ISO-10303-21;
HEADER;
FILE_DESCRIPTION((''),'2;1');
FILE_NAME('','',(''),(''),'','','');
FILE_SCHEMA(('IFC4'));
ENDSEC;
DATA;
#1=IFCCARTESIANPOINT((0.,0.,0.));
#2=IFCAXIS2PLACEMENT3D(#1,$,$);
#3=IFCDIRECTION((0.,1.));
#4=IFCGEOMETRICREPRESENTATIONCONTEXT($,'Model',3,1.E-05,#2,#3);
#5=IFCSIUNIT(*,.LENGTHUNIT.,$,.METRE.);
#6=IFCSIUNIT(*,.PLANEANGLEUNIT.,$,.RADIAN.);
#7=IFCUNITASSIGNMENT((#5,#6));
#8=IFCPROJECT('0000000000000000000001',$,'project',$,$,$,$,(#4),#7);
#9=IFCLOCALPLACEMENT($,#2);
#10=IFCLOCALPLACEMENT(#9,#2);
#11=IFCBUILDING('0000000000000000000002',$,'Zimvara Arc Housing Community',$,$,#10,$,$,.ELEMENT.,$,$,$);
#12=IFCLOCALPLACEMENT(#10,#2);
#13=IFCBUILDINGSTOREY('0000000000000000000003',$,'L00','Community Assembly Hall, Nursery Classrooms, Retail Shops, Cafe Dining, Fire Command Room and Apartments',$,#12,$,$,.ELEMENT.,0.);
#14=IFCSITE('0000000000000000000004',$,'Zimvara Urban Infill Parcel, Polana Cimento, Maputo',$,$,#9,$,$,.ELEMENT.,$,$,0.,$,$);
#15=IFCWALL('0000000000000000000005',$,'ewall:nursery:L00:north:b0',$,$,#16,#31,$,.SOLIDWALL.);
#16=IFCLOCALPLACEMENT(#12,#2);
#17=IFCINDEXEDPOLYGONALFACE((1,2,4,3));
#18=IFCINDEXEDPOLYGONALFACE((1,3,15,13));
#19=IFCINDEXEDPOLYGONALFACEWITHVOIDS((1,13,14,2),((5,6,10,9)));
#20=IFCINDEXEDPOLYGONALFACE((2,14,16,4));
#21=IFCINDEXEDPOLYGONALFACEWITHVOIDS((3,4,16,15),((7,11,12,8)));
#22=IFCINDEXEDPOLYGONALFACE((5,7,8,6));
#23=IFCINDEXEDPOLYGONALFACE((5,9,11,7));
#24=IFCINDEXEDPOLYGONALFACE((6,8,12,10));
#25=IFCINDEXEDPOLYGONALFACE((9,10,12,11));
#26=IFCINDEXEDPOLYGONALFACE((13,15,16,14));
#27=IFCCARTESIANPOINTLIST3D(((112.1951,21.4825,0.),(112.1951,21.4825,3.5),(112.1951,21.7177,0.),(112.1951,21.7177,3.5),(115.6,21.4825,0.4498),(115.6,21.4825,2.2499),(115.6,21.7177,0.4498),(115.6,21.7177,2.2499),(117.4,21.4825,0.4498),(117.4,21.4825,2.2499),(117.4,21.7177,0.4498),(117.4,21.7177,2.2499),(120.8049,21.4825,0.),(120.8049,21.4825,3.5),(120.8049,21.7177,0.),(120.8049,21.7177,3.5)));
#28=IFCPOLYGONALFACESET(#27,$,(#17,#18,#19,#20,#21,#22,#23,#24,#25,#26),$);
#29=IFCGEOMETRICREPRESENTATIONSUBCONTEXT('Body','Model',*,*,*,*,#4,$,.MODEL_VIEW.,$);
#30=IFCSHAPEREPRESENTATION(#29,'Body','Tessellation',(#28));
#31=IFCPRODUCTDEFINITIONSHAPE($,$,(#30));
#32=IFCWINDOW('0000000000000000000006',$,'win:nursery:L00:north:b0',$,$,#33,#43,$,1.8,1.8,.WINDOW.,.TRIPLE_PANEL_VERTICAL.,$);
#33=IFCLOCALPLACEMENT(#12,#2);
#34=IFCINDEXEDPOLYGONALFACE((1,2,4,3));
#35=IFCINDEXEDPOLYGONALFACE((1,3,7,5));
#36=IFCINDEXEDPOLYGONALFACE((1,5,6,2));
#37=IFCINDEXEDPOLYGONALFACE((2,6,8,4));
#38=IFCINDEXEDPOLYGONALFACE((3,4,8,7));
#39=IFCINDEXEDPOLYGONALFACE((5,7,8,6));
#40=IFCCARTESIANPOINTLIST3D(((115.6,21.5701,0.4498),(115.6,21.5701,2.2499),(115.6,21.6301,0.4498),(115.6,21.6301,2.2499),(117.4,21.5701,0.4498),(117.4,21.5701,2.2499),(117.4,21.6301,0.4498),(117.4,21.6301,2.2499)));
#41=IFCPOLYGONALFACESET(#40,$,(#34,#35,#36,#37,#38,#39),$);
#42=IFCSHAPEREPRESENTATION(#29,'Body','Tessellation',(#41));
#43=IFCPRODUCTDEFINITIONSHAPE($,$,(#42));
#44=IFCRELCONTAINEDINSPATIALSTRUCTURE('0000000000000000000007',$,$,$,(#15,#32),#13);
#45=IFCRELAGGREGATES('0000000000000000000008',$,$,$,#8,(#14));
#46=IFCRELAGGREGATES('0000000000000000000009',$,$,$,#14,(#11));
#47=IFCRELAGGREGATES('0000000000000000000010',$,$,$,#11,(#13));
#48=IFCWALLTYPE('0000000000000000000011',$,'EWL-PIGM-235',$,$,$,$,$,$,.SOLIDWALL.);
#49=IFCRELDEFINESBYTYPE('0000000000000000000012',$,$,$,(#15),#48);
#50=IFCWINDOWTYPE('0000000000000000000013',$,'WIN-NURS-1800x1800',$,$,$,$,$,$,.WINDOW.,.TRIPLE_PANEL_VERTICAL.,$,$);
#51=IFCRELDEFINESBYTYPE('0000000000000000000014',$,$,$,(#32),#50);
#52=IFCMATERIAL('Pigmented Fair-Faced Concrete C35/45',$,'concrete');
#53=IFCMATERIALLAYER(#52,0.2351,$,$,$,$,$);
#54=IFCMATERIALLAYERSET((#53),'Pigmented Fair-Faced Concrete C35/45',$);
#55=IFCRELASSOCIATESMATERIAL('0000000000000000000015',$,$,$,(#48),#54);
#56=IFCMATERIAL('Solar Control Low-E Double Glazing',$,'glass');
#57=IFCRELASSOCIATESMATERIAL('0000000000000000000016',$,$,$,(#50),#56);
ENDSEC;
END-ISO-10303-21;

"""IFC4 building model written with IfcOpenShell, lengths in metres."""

from ifc_helpers import new_model, si_unit, direction, frame, frame_2d, origin, place, context, subcontext, project, spatial, rectangle, extrude, material, layer, layer_set, type_object, element, fill, save


model = new_model("IFC4")

# Units and contexts
model_context = context("Model", 3, precision=1e-05, world=origin(), true_north=direction((0.0, 1.0)))
body_context = subcontext(model_context, "Body", "Model", "MODEL_VIEW")
ifc_project = project(units=[si_unit("LENGTHUNIT", "METRE"), si_unit("PLANEANGLEUNIT", "RADIAN")], contexts=[model_context])

# Site, building, storey
site_placement = place(None, origin())
site = spatial("IfcSite", under=ifc_project, at=site_placement, Name="Zimvara Urban Infill Parcel, Polana Cimento, Maputo", CompositionType="ELEMENT", RefElevation=0.0)
building_placement = place(site_placement, origin())
building = spatial("IfcBuilding", under=site, at=building_placement, Name="Zimvara Arc Housing Community", CompositionType="ELEMENT")
storey_placement = place(building_placement, origin())
storey = spatial("IfcBuildingStorey", under=building, at=storey_placement, Name="L00", Description="Community Assembly Hall, Nursery Classrooms, Retail Shops, Cafe Dining, Fire Command Room and Apartments", CompositionType="ELEMENT", Elevation=0.0)

# Wall, opening, window
ifc_material_1 = material(Name="Pigmented Fair-Faced Concrete C35/45", Category="concrete")
ifc_layer_1 = layer(ifc_material_1, 0.2351)
ifc_layer_set_1 = layer_set([ifc_layer_1], Name="Pigmented Fair-Faced Concrete C35/45")
wall_type_1 = type_object("IfcWallType", Name="EWL-PIGM-235", PredefinedType="SOLIDWALL", material=ifc_layer_set_1)
wall_1_placement = place(storey_placement, frame((112.1951, 21.6001, 0.0), z_axis=(0.0, 0.0, 1.0), x_axis=(1.0, 0.0, 0.0)))
wall_1 = element("IfcWall", 1, at=wall_1_placement, inside=storey, type_object=wall_type_1, Name="ewall:nursery:L00:north:b0", PredefinedType="SOLIDWALL", context=body_context, shape_type="SweptSolid", body=[
    extrude(rectangle(XDim=8.6099, YDim=0.2351, at=frame_2d((4.3049, 0.0))), origin(), (0.0, 0.0, 1.0), 3.5),
])
opening_1_placement = place(wall_1_placement, frame((3.405, 0.0, 0.45)))
opening_1 = element("IfcOpeningElement", 2, at=opening_1_placement, cuts=wall_1, PredefinedType="OPENING", context=body_context, shape_type="SweptSolid", body=[
    extrude(rectangle(XDim=1.8, YDim=1.8, at=frame_2d((0.8999, 0.8999))), frame((0.0, 0.1274, 0.0), z_axis=(0.0, -1.0, 0.0), x_axis=(1.0, 0.0, 0.0)), (0.0, 0.0, 1.0), 0.2551),
])
ifc_material_2 = material(Name="Solar Control Low-E Double Glazing", Category="glass")
window_type_1 = type_object("IfcWindowType", Name="WIN-NURS-1800x1800", PartitioningType="TRIPLE_PANEL_VERTICAL", PredefinedType="WINDOW", material=ifc_material_2)
window_1_placement = place(opening_1_placement, origin())
window_1 = element("IfcWindow", 3, at=window_1_placement, inside=storey, type_object=window_type_1, Name="win:nursery:L00:north:b0", OverallHeight=1.8, OverallWidth=1.8, PartitioningType="TRIPLE_PANEL_VERTICAL", PredefinedType="WINDOW", context=body_context, shape_type="SweptSolid", body=[
    extrude(rectangle(XDim=1.8, YDim=1.8, at=frame_2d((0.8999, 0.8999))), frame((0.0, 0.03, 0.0), z_axis=(0.0, -1.0, 0.0), x_axis=(1.0, 0.0, 0.0)), (0.0, 0.0, 1.0), 0.0601),
])
fill(opening_1, window_1)

save(model, "model.ifc")
